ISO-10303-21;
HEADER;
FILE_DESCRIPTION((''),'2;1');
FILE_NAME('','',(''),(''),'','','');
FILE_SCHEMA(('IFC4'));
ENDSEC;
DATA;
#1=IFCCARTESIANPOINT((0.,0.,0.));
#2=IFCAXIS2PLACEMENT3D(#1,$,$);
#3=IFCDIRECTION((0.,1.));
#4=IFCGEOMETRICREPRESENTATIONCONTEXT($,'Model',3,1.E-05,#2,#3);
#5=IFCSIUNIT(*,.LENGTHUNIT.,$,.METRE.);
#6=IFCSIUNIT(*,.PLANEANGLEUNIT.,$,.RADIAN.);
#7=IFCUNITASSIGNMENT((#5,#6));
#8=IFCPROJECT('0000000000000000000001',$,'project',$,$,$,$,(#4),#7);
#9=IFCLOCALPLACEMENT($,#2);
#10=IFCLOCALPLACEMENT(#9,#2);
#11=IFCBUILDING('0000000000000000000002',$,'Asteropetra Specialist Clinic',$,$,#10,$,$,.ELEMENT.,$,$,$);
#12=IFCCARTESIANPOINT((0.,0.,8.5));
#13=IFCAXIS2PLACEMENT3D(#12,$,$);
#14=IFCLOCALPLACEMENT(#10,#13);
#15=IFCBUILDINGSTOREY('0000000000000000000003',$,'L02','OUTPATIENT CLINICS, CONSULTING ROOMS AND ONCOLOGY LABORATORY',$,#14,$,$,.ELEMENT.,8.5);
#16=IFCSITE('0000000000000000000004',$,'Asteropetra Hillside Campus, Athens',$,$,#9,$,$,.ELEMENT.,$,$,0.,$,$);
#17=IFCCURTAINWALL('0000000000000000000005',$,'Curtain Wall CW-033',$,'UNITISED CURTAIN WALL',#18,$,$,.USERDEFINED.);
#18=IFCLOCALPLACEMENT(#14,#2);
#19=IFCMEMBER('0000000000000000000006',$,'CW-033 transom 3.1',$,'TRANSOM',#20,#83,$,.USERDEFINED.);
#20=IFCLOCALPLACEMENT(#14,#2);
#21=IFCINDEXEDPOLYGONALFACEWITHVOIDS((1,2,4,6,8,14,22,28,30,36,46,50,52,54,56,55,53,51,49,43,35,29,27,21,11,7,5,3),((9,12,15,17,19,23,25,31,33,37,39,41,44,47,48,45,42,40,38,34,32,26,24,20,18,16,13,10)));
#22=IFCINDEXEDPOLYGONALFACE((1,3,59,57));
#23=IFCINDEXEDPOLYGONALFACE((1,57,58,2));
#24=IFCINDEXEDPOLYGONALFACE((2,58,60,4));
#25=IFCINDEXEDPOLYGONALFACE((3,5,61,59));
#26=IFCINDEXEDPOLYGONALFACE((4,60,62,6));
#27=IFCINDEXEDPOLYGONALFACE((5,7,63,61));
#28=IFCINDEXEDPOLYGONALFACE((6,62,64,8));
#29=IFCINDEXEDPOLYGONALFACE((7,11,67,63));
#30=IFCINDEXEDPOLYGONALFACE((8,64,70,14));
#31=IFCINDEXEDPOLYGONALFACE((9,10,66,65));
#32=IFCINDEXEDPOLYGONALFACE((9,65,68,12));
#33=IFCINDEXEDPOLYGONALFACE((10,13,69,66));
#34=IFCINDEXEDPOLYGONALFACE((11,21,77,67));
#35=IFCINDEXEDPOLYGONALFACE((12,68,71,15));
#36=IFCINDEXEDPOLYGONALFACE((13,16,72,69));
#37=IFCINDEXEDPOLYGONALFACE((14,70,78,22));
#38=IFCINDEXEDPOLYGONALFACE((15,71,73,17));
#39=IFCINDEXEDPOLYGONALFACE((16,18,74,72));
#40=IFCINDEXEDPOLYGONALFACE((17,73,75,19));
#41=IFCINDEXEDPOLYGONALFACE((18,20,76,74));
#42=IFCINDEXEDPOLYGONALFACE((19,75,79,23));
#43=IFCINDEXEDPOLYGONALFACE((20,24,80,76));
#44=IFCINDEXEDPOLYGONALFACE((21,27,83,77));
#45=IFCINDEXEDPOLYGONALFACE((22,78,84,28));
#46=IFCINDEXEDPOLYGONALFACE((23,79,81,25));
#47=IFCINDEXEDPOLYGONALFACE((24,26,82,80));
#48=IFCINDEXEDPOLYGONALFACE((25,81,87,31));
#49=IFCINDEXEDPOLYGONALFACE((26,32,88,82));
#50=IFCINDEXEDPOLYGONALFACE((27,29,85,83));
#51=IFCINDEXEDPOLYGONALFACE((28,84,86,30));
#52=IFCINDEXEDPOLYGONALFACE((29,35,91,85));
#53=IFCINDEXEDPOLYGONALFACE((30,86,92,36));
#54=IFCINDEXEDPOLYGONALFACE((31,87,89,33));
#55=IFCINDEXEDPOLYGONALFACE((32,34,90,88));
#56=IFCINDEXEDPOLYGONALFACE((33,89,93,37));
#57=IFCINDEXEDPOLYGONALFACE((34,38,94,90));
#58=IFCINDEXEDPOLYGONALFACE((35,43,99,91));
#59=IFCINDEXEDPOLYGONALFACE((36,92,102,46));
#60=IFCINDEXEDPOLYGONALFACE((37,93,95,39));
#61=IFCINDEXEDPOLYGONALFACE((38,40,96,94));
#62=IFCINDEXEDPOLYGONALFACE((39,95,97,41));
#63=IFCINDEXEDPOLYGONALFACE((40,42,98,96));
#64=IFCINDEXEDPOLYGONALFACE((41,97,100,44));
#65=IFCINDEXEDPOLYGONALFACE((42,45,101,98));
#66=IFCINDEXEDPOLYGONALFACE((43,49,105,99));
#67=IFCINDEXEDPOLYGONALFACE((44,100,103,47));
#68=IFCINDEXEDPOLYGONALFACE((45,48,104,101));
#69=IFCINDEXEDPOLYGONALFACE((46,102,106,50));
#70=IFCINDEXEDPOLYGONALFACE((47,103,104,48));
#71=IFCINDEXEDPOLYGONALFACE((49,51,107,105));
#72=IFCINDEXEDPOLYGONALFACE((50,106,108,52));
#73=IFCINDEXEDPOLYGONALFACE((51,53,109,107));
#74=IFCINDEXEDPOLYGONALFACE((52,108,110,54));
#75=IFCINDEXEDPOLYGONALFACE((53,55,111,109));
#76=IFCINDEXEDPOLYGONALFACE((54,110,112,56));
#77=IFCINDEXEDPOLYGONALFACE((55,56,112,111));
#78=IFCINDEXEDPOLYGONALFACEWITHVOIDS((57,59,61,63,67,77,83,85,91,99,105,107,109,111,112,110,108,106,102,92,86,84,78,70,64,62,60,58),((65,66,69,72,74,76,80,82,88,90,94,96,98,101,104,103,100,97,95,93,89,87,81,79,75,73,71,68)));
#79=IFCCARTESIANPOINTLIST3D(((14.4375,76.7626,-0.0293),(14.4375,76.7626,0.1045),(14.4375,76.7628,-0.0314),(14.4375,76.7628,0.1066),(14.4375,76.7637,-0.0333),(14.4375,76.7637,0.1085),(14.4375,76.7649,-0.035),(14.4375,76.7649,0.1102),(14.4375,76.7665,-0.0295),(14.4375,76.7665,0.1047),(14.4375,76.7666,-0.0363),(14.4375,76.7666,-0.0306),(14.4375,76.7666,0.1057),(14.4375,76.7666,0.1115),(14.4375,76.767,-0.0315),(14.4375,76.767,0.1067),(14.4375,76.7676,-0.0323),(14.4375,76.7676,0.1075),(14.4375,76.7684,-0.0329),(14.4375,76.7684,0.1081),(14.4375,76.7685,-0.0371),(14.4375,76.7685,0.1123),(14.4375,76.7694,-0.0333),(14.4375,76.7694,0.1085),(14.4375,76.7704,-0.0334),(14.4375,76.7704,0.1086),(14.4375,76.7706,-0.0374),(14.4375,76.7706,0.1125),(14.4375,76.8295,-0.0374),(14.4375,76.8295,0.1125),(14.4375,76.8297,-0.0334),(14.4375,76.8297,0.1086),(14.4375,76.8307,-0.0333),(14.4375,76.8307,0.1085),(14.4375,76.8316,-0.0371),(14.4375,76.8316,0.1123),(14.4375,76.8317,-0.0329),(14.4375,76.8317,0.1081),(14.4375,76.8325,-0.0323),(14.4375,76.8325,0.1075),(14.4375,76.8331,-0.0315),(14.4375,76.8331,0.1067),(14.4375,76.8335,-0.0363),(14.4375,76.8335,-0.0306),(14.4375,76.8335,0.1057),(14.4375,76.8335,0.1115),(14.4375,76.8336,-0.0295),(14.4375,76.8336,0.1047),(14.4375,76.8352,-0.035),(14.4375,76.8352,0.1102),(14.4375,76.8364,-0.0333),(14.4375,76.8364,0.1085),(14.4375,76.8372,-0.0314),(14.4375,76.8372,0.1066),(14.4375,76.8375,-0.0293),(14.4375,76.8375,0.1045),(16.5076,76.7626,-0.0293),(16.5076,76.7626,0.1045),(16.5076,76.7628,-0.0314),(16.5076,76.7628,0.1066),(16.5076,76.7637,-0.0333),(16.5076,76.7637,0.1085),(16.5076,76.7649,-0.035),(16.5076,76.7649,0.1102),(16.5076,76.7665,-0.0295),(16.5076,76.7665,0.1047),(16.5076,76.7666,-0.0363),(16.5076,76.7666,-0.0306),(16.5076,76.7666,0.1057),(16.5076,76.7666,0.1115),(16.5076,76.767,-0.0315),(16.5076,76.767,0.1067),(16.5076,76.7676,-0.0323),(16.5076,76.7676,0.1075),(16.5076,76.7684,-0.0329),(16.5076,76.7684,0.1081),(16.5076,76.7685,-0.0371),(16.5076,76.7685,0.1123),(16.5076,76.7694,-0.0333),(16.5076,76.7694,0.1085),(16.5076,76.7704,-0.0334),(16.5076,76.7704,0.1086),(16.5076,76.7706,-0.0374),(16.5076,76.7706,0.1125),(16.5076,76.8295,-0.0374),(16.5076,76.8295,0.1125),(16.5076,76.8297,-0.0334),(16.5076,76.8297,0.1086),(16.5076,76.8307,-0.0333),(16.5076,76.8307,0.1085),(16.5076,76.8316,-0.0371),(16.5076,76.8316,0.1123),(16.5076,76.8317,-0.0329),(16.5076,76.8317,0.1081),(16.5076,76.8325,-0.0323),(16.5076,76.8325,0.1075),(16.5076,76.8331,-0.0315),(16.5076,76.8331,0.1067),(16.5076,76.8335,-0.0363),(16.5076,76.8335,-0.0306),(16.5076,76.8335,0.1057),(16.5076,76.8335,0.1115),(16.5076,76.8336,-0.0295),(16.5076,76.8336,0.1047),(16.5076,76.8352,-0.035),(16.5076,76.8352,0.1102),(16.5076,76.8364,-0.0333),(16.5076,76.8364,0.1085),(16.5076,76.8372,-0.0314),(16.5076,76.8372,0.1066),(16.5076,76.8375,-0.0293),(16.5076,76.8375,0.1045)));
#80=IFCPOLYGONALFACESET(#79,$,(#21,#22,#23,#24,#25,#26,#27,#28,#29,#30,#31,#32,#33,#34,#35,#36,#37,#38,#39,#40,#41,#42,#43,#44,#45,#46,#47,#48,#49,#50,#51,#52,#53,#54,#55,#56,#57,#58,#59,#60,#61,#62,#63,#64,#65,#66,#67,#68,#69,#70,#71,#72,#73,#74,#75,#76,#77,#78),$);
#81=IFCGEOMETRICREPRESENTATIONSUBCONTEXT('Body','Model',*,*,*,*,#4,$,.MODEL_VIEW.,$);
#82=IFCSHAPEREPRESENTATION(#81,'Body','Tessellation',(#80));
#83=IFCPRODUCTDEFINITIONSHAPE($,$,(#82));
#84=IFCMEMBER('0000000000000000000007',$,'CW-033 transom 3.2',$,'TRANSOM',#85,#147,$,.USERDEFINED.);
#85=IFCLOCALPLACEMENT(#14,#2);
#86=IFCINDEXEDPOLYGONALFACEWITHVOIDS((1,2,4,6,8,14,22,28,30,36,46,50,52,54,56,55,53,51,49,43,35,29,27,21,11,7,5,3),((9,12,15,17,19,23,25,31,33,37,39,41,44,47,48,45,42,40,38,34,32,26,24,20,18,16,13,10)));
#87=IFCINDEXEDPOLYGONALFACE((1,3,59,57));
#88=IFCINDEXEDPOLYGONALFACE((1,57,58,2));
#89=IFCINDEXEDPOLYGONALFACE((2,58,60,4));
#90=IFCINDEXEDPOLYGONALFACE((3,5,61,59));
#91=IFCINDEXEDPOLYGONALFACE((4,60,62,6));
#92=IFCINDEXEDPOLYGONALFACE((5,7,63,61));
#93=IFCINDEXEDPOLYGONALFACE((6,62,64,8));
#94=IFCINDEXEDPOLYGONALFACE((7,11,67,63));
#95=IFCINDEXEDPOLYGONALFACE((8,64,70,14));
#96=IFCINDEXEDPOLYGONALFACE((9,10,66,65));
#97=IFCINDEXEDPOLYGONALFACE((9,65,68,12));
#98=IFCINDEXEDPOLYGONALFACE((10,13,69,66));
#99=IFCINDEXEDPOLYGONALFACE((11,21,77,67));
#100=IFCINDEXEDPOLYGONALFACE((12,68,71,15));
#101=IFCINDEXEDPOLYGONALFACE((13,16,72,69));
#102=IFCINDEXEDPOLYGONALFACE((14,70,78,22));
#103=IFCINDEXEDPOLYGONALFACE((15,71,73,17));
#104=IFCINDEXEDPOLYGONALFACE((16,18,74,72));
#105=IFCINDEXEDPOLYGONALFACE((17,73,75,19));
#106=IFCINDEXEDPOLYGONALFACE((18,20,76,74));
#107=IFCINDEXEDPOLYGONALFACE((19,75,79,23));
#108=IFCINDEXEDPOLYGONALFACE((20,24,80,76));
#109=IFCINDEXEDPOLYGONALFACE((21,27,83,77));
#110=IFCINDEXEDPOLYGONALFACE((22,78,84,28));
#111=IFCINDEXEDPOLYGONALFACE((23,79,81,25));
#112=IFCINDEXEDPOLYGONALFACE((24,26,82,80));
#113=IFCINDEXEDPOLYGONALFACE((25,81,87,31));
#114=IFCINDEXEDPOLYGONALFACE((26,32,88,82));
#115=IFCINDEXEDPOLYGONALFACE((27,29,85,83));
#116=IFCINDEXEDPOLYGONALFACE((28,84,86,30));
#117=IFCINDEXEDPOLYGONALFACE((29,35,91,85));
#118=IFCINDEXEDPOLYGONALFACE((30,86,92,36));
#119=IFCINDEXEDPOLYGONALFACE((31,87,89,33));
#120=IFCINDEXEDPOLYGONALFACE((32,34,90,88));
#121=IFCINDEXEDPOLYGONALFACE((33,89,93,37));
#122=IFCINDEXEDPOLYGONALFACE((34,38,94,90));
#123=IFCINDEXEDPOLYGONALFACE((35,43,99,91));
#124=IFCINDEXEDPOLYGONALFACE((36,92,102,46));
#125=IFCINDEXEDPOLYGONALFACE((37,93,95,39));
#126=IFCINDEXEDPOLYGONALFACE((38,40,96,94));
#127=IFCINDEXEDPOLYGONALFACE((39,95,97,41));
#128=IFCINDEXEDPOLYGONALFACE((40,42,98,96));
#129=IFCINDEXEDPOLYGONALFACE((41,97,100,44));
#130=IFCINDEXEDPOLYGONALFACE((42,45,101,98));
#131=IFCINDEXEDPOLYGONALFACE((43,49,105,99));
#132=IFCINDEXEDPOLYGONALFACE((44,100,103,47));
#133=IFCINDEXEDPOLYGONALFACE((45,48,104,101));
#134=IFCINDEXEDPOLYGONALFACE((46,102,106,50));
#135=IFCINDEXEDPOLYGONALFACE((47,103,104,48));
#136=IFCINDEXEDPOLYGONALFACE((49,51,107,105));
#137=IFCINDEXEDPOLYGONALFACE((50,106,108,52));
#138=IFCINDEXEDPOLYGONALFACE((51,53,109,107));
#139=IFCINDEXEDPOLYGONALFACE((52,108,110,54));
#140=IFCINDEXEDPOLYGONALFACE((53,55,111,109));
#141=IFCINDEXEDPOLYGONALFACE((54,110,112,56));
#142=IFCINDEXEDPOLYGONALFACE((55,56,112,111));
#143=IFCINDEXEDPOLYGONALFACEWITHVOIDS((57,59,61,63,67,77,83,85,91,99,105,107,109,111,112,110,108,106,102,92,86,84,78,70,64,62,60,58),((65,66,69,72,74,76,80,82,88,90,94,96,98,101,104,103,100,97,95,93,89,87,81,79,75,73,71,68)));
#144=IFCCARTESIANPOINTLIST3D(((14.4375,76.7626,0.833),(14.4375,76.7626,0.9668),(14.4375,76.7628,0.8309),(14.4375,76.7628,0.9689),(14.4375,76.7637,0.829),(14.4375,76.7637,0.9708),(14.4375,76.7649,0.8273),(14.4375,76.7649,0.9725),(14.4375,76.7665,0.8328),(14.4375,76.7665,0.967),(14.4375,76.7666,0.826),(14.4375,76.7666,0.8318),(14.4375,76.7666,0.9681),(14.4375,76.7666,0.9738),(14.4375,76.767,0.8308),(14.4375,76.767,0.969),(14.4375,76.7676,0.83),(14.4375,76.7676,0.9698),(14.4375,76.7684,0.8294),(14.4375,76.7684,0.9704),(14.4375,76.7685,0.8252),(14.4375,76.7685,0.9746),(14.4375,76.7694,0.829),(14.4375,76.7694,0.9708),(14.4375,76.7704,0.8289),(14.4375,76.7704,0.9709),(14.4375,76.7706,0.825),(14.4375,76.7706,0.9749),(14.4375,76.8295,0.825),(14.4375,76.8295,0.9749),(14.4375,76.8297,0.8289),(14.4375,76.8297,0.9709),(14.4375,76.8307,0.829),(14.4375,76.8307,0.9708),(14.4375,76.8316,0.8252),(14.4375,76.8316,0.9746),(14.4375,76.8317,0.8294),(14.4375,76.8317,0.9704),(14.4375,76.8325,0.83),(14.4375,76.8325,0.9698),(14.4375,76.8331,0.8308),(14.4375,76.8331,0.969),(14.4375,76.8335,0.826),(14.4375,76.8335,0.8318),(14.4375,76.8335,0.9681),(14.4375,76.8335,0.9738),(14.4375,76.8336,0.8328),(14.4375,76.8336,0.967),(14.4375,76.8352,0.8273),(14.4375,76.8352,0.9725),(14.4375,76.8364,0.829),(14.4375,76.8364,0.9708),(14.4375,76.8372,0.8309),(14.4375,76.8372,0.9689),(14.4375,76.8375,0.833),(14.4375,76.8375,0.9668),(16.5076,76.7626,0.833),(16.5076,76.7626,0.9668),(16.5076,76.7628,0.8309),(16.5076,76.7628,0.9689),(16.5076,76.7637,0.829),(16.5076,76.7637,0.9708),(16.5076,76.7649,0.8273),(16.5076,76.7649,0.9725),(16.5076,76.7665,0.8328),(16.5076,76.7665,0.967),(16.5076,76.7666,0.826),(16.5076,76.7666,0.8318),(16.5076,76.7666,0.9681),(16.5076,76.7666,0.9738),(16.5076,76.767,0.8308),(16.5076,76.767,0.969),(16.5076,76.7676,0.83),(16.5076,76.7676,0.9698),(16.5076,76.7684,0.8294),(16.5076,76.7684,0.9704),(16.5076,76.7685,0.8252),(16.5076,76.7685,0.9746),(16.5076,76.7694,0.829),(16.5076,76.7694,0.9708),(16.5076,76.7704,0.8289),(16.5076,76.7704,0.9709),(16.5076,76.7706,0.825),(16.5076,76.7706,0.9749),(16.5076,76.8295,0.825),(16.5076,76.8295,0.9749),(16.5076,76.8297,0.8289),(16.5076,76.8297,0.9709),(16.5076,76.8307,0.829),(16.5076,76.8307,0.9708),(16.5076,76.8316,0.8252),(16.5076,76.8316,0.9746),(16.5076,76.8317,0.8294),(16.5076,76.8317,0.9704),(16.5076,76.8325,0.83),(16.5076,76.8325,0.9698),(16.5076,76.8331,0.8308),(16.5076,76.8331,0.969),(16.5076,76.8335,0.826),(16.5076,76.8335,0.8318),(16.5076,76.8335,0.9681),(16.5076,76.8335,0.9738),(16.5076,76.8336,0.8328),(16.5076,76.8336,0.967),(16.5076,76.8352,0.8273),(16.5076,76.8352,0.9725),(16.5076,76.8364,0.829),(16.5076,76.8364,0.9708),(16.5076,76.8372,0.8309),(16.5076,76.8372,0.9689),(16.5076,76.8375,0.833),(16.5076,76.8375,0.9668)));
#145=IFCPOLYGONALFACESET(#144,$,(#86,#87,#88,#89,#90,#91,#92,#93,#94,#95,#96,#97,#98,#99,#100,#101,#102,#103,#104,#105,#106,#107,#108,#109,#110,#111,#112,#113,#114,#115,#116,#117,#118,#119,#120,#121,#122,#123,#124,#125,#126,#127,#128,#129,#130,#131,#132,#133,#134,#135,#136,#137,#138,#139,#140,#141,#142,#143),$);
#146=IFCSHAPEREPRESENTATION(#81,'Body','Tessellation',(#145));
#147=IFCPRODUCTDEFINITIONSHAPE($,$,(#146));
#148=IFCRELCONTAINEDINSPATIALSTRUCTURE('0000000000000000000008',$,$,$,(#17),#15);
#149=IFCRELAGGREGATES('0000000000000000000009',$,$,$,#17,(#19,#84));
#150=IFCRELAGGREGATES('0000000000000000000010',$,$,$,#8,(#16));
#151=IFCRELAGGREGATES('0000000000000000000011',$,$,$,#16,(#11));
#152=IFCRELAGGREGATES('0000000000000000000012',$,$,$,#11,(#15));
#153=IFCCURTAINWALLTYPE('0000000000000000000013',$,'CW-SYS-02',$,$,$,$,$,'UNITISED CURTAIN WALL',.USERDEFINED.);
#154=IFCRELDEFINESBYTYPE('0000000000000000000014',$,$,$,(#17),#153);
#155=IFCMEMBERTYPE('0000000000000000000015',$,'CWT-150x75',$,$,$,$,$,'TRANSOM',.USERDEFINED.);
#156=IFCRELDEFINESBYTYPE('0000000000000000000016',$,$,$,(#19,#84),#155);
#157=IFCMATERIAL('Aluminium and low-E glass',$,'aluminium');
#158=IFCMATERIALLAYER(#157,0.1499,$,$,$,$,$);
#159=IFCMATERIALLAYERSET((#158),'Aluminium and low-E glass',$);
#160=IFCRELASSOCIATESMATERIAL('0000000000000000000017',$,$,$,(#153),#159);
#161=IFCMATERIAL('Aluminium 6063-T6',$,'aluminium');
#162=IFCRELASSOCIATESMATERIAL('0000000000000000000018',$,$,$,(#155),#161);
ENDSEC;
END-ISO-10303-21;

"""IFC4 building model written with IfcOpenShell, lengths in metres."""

from ifc_helpers import new_model, si_unit, direction, frame, origin, origin_2d, place, context, subcontext, project, spatial, hollow_rectangle, extrude, material, layer, layer_set, material_profile, profile_set, type_object, element, aggregate, save


model = new_model("IFC4")

# Units and contexts
model_context = context("Model", 3, precision=1e-05, world=origin(), true_north=direction((0.0, 1.0)))
body_context = subcontext(model_context, "Body", "Model", "MODEL_VIEW")
ifc_project = project(units=[si_unit("LENGTHUNIT", "METRE"), si_unit("PLANEANGLEUNIT", "RADIAN")], contexts=[model_context])

# Site, building, storey
site_placement = place(None, origin())
site = spatial("IfcSite", under=ifc_project, at=site_placement, Name="Asteropetra Hillside Campus, Athens", CompositionType="ELEMENT", RefElevation=0.0)
building_placement = place(site_placement, origin())
building = spatial("IfcBuilding", under=site, at=building_placement, Name="Asteropetra Specialist Clinic", CompositionType="ELEMENT")
storey_placement = place(building_placement, frame((0.0, 0.0, 8.5)))
storey = spatial("IfcBuildingStorey", under=building, at=storey_placement, Name="L02", Description="OUTPATIENT CLINICS, CONSULTING ROOMS AND ONCOLOGY LABORATORY", CompositionType="ELEMENT", Elevation=8.5)

# Curtain wall
ifc_material_1 = material(Name="Aluminium and low-E glass", Category="aluminium")
ifc_layer_1 = layer(ifc_material_1, 0.1499)
ifc_layer_set_1 = layer_set([ifc_layer_1], Name="Aluminium and low-E glass")
curtain_wall_type_1 = type_object("IfcCurtainWallType", Name="CW-SYS-02", ElementType="UNITISED CURTAIN WALL", PredefinedType="USERDEFINED", material=ifc_layer_set_1)
curtain_wall_1_placement = place(storey_placement, origin())
curtain_wall_1 = element("IfcCurtainWall", 1, at=curtain_wall_1_placement, inside=storey, type_object=curtain_wall_type_1, Name="Curtain Wall CW-033", ObjectType="UNITISED CURTAIN WALL", PredefinedType="USERDEFINED")

# Members
ifc_material_2 = material(Name="Aluminium 6063-T6", Category="aluminium")
ifc_material_profile_1 = material_profile(ifc_material_2, hollow_rectangle(XDim=0.075, YDim=0.1499, WallThickness=0.0039, InnerFilletRadius=0.0039, OuterFilletRadius=0.0081, at=origin_2d()), Name="TRN 150x75x4.0")
ifc_profile_set_1 = profile_set([ifc_material_profile_1], Name="Aluminium 6063-T6")
member_type_1 = type_object("IfcMemberType", Name="CWT-150x75", ElementType="TRANSOM", PredefinedType="USERDEFINED", material=ifc_profile_set_1)
member_1_placement = place(storey_placement, frame((14.4375, 76.8, 0.0376), z_axis=(1.0, 0.0, 0.0), x_axis=(0.0, 1.0, 0.0)))
member_1 = element("IfcMember", 2, at=member_1_placement, type_object=member_type_1, Name="CW-033 transom 3.1", ObjectType="TRANSOM", PredefinedType="USERDEFINED", context=body_context, shape_type="SweptSolid", body=[
    extrude(hollow_rectangle(XDim=0.075, YDim=0.1499, WallThickness=0.0039, InnerFilletRadius=0.0039, OuterFilletRadius=0.0081, at=origin_2d()), origin(), (0.0, 0.0, 1.0), 2.0701),
])
member_2_placement = place(storey_placement, frame((14.4375, 76.8, 0.8999), z_axis=(1.0, 0.0, 0.0), x_axis=(0.0, 1.0, 0.0)))
member_2 = element("IfcMember", 3, at=member_2_placement, type_object=member_type_1, Name="CW-033 transom 3.2", ObjectType="TRANSOM", PredefinedType="USERDEFINED", context=body_context, shape_type="SweptSolid", body=[
    extrude(hollow_rectangle(XDim=0.075, YDim=0.1499, WallThickness=0.0039, InnerFilletRadius=0.0039, OuterFilletRadius=0.0081, at=origin_2d()), origin(), (0.0, 0.0, 1.0), 2.0701),
])

aggregate(curtain_wall_1, [member_1, member_2])

save(model, "model.ifc")
